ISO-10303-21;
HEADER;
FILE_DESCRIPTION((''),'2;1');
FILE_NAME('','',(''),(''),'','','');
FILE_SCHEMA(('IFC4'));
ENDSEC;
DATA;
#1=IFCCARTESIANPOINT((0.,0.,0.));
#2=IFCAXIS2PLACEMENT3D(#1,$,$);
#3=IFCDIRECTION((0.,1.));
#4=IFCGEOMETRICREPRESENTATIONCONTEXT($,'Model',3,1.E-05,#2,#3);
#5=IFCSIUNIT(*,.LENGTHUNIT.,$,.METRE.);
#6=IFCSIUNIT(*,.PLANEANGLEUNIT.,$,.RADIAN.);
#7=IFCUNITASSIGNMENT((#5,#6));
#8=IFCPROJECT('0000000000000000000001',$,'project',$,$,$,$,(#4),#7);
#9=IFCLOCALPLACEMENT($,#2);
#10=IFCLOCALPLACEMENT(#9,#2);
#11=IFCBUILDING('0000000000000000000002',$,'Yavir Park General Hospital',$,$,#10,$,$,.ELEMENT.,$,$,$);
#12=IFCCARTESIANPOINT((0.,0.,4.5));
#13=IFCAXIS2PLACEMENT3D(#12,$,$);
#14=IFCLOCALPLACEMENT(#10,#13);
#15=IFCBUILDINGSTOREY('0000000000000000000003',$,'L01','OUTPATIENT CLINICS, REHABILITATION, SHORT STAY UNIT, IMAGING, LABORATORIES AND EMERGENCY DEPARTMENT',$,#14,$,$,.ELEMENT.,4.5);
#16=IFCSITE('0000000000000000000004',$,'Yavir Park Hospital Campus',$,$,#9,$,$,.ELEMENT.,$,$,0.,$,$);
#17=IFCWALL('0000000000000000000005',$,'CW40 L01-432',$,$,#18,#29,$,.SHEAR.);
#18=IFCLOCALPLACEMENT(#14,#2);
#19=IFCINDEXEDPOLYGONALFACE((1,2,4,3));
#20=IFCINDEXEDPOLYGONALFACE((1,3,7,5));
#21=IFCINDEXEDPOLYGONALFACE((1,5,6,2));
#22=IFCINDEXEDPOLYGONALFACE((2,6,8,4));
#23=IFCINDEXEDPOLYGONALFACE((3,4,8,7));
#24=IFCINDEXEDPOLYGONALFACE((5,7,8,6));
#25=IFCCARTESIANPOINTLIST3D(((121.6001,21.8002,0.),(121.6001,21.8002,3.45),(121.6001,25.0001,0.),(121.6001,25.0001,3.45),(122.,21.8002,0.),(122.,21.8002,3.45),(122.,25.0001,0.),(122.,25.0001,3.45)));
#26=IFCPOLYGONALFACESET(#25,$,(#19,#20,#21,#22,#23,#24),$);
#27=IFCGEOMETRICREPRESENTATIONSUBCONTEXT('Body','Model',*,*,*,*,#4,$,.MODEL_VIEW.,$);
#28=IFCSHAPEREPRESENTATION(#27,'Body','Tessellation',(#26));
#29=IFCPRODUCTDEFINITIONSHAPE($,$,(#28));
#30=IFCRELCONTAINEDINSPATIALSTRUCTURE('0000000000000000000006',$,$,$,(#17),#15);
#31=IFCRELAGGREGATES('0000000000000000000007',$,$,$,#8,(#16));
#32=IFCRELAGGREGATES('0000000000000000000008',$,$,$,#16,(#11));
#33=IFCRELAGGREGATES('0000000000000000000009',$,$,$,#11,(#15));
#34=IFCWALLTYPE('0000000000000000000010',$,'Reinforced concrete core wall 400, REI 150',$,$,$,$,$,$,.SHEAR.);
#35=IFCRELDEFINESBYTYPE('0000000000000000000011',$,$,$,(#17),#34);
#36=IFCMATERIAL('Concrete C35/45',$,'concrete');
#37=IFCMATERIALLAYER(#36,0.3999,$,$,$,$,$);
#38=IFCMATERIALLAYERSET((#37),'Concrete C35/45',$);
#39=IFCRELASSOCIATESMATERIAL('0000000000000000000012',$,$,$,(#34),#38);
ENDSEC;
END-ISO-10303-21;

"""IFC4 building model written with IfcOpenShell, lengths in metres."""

from ifc_helpers import new_model, si_unit, direction, frame, frame_2d, origin, place, context, subcontext, project, spatial, rectangle, extrude, material, layer, layer_set, type_object, element, save


model = new_model("IFC4")

# Units and contexts
model_context = context("Model", 3, precision=1e-05, world=origin(), true_north=direction((0.0, 1.0)))
body_context = subcontext(model_context, "Body", "Model", "MODEL_VIEW")
ifc_project = project(units=[si_unit("LENGTHUNIT", "METRE"), si_unit("PLANEANGLEUNIT", "RADIAN")], contexts=[model_context])

# Site, building, storey
site_placement = place(None, origin())
site = spatial("IfcSite", under=ifc_project, at=site_placement, Name="Yavir Park Hospital Campus", CompositionType="ELEMENT", RefElevation=0.0)
building_placement = place(site_placement, origin())
building = spatial("IfcBuilding", under=site, at=building_placement, Name="Yavir Park General Hospital", CompositionType="ELEMENT")
storey_placement = place(building_placement, frame((0.0, 0.0, 4.5)))
storey = spatial("IfcBuildingStorey", under=building, at=storey_placement, Name="L01", Description="OUTPATIENT CLINICS, REHABILITATION, SHORT STAY UNIT, IMAGING, LABORATORIES AND EMERGENCY DEPARTMENT", CompositionType="ELEMENT", Elevation=4.5)

# Wall
ifc_material_1 = material(Name="Concrete C35/45", Category="concrete")
ifc_layer_1 = layer(ifc_material_1, 0.3999)
ifc_layer_set_1 = layer_set([ifc_layer_1], Name="Concrete C35/45")
wall_type_1 = type_object("IfcWallType", Name="Reinforced concrete core wall 400, REI 150", PredefinedType="SHEAR", material=ifc_layer_set_1)
wall_1_placement = place(storey_placement, frame((121.8, 21.8, 0.0), z_axis=(0.0, 0.0, 1.0), x_axis=(0.0, 1.0, 0.0)))
element("IfcWall", 1, at=wall_1_placement, inside=storey, type_object=wall_type_1, Name="CW40 L01-432", PredefinedType="SHEAR", context=body_context, shape_type="SweptSolid", body=[
    extrude(rectangle(XDim=3.2, YDim=0.3999, at=frame_2d((1.6001, 0.0))), origin(), (0.0, 0.0, 1.0), 3.45),
])

save(model, "model.ifc")
